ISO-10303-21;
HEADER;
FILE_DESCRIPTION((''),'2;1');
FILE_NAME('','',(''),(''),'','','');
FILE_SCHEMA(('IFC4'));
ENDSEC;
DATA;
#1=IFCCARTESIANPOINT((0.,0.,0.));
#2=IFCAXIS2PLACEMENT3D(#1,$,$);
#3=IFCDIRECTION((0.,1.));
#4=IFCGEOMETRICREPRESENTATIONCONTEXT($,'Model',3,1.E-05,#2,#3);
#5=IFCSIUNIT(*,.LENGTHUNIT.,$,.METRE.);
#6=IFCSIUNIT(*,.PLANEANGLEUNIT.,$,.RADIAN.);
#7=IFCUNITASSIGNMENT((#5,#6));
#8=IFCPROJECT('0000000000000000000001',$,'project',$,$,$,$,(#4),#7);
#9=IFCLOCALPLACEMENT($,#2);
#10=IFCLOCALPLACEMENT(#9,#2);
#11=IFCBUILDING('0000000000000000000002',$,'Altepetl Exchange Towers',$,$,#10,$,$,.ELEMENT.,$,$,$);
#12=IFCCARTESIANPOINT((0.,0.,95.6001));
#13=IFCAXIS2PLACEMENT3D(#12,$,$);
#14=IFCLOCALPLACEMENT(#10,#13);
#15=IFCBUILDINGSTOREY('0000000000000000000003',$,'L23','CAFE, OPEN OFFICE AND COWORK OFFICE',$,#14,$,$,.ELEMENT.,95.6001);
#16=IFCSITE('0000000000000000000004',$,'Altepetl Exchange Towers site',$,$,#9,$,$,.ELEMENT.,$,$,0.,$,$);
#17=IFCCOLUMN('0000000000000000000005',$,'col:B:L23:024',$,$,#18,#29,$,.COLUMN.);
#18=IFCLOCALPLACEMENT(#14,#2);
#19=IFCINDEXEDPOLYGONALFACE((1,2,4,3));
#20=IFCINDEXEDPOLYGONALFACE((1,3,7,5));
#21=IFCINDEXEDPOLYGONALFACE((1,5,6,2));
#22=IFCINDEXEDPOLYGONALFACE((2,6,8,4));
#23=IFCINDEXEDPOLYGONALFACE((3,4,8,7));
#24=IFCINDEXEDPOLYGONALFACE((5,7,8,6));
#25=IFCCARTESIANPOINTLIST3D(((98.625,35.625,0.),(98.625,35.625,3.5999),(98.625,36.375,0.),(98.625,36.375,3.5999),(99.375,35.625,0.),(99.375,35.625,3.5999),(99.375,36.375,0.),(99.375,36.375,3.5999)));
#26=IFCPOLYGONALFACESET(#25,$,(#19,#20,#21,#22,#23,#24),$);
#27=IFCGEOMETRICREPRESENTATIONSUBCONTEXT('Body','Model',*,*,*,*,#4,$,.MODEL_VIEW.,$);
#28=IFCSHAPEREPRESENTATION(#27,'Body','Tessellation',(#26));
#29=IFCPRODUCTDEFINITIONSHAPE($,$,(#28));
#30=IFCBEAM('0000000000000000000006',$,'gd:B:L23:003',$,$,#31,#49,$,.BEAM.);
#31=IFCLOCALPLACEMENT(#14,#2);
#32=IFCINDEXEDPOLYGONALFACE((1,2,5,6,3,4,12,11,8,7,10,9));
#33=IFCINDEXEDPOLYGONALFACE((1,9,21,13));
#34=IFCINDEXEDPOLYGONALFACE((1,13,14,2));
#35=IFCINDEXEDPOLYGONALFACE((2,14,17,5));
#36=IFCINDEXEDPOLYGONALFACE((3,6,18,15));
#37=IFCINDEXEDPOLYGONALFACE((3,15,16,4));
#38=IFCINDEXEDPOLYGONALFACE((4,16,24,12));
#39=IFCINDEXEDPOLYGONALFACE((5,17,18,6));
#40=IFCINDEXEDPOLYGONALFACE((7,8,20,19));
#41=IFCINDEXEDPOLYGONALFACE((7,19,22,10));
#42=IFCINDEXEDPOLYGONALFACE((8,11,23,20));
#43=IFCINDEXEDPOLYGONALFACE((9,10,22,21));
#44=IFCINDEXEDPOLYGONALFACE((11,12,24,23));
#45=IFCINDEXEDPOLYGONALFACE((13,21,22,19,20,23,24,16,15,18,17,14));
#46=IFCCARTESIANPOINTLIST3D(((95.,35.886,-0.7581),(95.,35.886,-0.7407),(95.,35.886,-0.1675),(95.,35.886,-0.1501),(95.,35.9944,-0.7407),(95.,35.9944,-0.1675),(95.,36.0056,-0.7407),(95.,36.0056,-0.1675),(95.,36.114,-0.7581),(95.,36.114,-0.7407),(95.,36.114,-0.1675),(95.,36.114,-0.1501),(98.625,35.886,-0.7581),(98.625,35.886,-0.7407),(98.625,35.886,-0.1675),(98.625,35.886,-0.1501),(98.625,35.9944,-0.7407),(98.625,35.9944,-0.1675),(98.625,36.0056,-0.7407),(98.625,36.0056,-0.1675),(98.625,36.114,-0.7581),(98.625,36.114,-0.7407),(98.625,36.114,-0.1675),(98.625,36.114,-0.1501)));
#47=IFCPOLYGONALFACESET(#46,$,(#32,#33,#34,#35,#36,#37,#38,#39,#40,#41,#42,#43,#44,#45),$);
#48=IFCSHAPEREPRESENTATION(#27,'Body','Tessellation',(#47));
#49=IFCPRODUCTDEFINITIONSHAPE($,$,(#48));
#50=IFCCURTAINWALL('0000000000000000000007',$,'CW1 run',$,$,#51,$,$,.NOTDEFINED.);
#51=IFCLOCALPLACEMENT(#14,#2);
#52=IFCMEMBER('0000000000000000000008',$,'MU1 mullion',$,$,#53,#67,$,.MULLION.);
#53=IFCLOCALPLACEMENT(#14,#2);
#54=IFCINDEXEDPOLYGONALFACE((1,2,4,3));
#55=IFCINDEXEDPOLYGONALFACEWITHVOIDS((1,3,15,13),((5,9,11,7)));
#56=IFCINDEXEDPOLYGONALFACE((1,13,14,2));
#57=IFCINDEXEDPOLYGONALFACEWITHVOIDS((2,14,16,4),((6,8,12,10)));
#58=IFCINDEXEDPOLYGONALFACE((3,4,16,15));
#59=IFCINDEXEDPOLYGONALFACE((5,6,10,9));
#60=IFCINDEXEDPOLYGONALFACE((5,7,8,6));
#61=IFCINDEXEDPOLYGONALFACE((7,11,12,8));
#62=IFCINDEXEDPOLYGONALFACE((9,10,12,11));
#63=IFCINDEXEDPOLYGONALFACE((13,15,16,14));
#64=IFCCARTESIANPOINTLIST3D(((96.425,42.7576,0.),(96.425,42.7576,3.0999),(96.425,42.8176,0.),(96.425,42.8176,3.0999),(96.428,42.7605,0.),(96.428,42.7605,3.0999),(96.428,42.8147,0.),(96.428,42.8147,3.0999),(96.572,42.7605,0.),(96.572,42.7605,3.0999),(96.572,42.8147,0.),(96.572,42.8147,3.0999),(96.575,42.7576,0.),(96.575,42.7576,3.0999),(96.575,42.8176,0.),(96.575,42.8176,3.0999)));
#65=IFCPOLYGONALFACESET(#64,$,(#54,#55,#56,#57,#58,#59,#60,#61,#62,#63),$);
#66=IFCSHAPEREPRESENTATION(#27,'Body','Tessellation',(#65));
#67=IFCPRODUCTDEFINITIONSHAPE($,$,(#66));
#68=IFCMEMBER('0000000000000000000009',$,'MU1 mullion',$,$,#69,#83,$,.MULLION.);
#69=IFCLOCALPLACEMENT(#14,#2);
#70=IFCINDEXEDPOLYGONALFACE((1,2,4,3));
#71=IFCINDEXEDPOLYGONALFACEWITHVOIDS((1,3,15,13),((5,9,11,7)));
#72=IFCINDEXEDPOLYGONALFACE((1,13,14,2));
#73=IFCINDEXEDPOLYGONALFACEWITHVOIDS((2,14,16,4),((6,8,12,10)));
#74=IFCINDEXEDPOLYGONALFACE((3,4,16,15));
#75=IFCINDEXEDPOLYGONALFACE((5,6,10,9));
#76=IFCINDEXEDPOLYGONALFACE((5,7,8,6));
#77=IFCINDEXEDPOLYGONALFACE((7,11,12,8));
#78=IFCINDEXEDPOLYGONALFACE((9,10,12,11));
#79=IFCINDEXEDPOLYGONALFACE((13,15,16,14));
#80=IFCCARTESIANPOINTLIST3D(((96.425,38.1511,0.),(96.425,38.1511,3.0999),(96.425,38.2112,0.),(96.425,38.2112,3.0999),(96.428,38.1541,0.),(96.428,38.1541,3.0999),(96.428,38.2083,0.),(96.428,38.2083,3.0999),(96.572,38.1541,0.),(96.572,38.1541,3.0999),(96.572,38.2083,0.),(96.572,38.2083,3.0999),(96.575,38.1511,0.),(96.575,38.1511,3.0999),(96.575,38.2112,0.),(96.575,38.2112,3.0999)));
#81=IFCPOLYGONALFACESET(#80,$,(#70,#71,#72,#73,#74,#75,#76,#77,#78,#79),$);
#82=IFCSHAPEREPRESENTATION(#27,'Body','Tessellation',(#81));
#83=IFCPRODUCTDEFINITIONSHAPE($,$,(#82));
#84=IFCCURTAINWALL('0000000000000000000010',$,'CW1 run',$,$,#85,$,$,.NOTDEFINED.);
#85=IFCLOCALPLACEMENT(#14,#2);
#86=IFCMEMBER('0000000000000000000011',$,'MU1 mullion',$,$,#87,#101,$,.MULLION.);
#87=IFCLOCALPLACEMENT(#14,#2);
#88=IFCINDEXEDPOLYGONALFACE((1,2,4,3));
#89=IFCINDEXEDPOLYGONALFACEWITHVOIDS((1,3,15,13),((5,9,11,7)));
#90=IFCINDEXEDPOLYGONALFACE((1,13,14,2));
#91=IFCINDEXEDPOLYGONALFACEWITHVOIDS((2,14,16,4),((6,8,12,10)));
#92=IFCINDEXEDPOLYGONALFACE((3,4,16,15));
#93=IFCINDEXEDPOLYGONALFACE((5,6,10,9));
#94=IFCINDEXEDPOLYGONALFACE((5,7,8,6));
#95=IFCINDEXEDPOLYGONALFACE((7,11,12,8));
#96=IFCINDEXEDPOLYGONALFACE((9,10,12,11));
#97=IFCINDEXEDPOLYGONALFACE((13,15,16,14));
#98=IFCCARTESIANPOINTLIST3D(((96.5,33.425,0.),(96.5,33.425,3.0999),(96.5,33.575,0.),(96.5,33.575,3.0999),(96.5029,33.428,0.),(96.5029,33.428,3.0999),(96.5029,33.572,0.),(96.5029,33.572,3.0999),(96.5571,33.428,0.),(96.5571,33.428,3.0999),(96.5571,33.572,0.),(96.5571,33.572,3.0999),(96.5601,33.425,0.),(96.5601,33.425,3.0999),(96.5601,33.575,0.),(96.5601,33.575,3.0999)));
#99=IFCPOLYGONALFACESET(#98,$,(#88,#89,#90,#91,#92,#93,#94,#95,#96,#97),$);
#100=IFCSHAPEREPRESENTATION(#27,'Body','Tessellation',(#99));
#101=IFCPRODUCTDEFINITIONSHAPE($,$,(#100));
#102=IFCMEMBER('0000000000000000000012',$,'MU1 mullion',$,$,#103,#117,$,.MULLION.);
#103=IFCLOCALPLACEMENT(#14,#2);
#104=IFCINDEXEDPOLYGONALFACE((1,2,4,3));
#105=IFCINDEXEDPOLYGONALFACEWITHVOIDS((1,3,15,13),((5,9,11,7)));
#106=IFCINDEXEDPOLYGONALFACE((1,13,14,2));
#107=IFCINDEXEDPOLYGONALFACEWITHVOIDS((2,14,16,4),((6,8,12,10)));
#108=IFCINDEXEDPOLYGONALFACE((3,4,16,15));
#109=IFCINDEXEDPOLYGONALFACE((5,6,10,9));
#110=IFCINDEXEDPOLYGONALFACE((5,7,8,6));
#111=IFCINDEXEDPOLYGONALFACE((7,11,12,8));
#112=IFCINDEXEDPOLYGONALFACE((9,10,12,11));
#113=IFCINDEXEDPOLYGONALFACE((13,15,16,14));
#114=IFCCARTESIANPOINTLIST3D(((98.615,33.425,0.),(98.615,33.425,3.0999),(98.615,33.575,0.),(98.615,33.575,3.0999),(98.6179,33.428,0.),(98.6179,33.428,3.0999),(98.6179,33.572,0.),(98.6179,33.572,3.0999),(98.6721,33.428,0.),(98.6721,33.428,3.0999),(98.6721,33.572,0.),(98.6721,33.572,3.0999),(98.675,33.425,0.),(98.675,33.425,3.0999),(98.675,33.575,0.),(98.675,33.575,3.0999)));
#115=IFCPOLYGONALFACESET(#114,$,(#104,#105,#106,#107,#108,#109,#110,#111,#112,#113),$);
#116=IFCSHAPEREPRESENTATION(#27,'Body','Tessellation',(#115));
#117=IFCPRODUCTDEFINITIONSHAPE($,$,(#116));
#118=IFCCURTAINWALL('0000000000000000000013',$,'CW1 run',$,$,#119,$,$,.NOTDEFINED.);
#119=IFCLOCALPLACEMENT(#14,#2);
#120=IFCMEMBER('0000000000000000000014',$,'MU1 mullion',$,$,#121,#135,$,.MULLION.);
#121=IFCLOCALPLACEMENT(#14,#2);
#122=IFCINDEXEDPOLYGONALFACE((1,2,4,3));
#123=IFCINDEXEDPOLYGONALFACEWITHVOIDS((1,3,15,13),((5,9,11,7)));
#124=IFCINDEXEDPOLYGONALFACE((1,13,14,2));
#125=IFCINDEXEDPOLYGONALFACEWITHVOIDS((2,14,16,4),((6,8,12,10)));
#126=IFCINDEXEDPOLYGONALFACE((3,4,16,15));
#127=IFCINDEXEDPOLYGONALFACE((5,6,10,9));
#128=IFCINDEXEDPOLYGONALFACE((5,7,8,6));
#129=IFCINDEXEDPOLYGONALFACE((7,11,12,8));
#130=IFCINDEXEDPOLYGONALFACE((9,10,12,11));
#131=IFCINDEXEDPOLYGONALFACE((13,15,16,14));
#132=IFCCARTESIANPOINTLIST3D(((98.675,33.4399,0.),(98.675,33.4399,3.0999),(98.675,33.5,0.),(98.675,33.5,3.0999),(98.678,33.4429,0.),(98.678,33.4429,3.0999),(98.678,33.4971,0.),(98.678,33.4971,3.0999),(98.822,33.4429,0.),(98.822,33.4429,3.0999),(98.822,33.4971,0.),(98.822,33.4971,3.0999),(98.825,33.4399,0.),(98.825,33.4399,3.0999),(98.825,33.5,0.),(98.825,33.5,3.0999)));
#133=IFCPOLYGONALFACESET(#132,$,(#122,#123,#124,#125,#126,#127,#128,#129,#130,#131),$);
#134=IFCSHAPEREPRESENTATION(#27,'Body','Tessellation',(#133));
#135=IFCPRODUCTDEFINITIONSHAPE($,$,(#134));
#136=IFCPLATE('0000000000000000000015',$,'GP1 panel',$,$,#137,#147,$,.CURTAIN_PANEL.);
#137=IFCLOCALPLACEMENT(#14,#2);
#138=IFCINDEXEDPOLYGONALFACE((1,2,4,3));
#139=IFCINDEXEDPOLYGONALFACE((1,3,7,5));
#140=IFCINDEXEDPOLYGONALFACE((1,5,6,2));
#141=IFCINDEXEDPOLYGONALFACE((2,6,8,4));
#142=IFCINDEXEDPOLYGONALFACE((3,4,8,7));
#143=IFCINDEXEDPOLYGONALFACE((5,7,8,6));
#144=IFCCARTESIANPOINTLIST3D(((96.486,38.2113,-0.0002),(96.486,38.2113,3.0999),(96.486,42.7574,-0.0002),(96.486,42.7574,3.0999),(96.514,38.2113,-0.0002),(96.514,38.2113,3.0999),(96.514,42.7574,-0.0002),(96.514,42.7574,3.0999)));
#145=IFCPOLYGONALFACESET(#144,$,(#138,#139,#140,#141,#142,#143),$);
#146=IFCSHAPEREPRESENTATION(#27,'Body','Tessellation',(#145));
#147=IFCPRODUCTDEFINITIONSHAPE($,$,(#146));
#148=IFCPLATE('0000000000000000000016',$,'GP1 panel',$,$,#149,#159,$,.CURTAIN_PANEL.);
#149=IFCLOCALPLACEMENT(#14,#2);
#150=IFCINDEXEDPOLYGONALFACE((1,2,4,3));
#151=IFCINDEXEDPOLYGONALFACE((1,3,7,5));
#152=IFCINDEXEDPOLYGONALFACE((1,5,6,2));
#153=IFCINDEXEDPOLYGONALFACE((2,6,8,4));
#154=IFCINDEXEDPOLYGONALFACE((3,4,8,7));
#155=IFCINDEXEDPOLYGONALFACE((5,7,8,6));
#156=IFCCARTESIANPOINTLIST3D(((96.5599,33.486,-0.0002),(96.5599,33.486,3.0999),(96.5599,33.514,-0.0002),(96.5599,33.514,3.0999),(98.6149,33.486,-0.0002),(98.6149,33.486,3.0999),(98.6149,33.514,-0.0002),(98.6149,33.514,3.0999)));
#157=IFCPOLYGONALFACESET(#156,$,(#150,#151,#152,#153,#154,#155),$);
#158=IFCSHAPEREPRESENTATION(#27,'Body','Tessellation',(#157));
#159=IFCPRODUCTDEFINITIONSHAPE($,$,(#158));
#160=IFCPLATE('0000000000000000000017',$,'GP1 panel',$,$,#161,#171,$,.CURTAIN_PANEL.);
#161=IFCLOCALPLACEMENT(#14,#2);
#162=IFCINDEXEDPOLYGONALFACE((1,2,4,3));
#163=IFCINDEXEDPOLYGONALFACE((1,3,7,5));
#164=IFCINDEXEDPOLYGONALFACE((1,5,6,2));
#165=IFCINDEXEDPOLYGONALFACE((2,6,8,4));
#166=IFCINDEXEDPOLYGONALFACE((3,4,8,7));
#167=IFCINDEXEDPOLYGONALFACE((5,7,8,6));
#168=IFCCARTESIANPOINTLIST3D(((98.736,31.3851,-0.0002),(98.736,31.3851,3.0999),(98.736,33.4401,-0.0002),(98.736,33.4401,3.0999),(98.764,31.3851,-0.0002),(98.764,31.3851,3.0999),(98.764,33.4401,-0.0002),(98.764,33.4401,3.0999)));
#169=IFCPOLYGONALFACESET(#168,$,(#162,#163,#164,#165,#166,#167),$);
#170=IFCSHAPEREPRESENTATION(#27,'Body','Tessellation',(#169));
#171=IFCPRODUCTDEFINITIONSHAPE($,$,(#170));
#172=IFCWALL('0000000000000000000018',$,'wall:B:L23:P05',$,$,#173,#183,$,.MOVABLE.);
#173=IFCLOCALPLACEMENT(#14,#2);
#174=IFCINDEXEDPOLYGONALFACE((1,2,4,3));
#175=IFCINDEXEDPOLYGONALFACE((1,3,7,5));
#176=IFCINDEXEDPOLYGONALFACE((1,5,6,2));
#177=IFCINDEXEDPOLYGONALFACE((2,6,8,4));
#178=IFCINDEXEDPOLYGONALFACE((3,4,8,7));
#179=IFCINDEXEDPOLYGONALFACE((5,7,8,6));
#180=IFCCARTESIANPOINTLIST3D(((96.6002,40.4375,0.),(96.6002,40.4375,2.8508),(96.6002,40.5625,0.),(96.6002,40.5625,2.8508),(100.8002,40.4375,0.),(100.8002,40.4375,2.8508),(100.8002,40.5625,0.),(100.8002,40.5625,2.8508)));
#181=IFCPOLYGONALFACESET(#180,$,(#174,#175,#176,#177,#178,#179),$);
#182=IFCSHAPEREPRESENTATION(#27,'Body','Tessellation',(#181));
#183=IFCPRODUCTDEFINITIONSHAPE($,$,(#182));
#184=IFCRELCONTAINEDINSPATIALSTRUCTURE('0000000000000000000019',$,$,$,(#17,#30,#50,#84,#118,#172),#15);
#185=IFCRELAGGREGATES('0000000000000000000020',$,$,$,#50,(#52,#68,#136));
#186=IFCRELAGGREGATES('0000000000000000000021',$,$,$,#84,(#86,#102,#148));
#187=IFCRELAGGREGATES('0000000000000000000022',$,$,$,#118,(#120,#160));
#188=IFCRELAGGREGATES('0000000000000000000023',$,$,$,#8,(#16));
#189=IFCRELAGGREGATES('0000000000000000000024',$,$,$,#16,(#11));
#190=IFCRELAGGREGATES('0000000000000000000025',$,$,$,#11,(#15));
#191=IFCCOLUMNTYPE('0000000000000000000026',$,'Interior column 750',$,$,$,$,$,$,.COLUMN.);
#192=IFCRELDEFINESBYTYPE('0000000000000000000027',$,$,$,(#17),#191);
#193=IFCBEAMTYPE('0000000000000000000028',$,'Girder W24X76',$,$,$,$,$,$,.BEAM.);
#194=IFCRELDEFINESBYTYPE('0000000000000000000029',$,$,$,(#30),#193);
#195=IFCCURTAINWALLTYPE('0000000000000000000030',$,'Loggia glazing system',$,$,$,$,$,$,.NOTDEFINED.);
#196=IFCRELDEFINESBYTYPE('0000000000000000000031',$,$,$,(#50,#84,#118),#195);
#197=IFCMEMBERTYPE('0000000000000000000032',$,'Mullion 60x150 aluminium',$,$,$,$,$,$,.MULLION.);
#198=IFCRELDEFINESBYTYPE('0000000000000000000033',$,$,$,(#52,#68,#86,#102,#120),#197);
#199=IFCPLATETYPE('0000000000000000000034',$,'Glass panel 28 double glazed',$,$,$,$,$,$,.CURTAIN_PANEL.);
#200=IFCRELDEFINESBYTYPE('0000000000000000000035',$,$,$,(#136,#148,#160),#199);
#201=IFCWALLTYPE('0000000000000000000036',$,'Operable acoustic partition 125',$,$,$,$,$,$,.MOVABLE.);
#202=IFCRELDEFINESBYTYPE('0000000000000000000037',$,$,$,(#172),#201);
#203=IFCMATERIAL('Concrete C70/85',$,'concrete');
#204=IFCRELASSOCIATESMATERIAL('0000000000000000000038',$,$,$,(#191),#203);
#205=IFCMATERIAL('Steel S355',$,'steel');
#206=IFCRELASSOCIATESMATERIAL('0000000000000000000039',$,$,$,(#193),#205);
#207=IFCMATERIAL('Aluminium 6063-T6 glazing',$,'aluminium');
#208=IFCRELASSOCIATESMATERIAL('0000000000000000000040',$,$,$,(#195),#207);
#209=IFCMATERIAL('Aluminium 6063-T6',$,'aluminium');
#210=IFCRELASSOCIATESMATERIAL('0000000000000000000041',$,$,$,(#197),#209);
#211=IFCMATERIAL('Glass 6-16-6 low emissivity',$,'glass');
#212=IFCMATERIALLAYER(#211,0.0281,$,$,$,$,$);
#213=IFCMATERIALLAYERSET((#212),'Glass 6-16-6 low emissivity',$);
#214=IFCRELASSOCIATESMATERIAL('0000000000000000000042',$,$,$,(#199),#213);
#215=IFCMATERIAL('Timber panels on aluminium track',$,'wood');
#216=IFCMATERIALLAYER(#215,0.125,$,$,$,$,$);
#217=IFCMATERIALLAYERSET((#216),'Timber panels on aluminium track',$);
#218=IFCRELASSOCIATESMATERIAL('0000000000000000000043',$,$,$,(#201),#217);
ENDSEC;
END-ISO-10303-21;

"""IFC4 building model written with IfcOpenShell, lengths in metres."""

from ifc_helpers import new_model, si_unit, direction, frame, frame_2d, origin, origin_2d, place, context, subcontext, project, spatial, rectangle, hollow_rectangle, i_section, extrude, material, layer, layer_set, material_profile, profile_set, type_object, element, aggregate, save


model = new_model("IFC4")

# Units and contexts
model_context = context("Model", 3, precision=1e-05, world=origin(), true_north=direction((0.0, 1.0)))
body_context = subcontext(model_context, "Body", "Model", "MODEL_VIEW")
ifc_project = project(units=[si_unit("LENGTHUNIT", "METRE"), si_unit("PLANEANGLEUNIT", "RADIAN")], contexts=[model_context])

# Site, building, storey
site_placement = place(None, origin())
site = spatial("IfcSite", under=ifc_project, at=site_placement, Name="Altepetl Exchange Towers site", CompositionType="ELEMENT", RefElevation=0.0)
building_placement = place(site_placement, origin())
building = spatial("IfcBuilding", under=site, at=building_placement, Name="Altepetl Exchange Towers", CompositionType="ELEMENT")
storey_placement = place(building_placement, frame((0.0, 0.0, 95.6001)))
storey = spatial("IfcBuildingStorey", under=building, at=storey_placement, Name="L23", Description="CAFE, OPEN OFFICE AND COWORK OFFICE", CompositionType="ELEMENT", Elevation=95.6001)

# Column
ifc_material_1 = material(Name="Concrete C70/85", Category="concrete")
ifc_material_profile_1 = material_profile(ifc_material_1, rectangle(XDim=0.75, YDim=0.75, at=origin_2d()), Name="750 x 750")
ifc_profile_set_1 = profile_set([ifc_material_profile_1], Name="Concrete C70/85")
column_type = type_object("IfcColumnType", Name="Interior column 750", PredefinedType="COLUMN", material=ifc_profile_set_1)
column_placement = place(storey_placement, frame((99.0, 36.0, 0.0)))
element("IfcColumn", 1, at=column_placement, inside=storey, type_object=column_type, Name="col:B:L23:024", PredefinedType="COLUMN", context=body_context, shape_type="SweptSolid", body=[
    extrude(rectangle(XDim=0.75, YDim=0.75, at=origin_2d()), origin(), (0.0, 0.0, 1.0), 3.5999),
])

# Beam
ifc_material_2 = material(Name="Steel S355", Category="steel")
ifc_material_profile_2 = material_profile(ifc_material_2, i_section(OverallWidth=0.228, OverallDepth=0.6079, WebThickness=0.0112, FlangeThickness=0.0173, at=origin_2d()), Name="W24X76")
ifc_profile_set_2 = profile_set([ifc_material_profile_2], Name="Steel S355")
beam_type = type_object("IfcBeamType", Name="Girder W24X76", PredefinedType="BEAM", material=ifc_profile_set_2)
beam_placement = place(storey_placement, frame((98.625, 36.0, -0.4541), z_axis=(-1.0, 0.0, 0.0), x_axis=(0.0, -1.0, 0.0)))
element("IfcBeam", 2, at=beam_placement, inside=storey, type_object=beam_type, Name="gd:B:L23:003", PredefinedType="BEAM", context=body_context, shape_type="SweptSolid", body=[
    extrude(i_section(OverallWidth=0.228, OverallDepth=0.6079, WebThickness=0.0112, FlangeThickness=0.0173, at=origin_2d()), origin(), (0.0, 0.0, 1.0), 3.625),
])

# Curtain walls, members
ifc_material_3 = material(Name="Aluminium 6063-T6 glazing", Category="aluminium")
curtain_wall_type = type_object("IfcCurtainWallType", Name="Loggia glazing system", PredefinedType="NOTDEFINED", material=ifc_material_3)
curtain_wall_1_placement = place(storey_placement, origin())
curtain_wall_1 = element("IfcCurtainWall", 3, at=curtain_wall_1_placement, inside=storey, type_object=curtain_wall_type, Name="CW1 run", PredefinedType="NOTDEFINED")
ifc_material_4 = material(Name="Aluminium 6063-T6", Category="aluminium")
ifc_material_profile_3 = material_profile(ifc_material_4, hollow_rectangle(XDim=0.0601, YDim=0.1499, WallThickness=0.0029, at=origin_2d()), Name="Mullion 60x150 aluminium")
ifc_profile_set_3 = profile_set([ifc_material_profile_3], Name="Aluminium 6063-T6")
member_type = type_object("IfcMemberType", Name="Mullion 60x150 aluminium", PredefinedType="MULLION", material=ifc_profile_set_3)
member_1_placement = place(storey_placement, frame((96.5, 42.7876, 0.0), z_axis=(0.0, 0.0, 1.0), x_axis=(0.0, -1.0, 0.0)))
member_1 = element("IfcMember", 4, at=member_1_placement, type_object=member_type, Name="MU1 mullion", PredefinedType="MULLION", context=body_context, shape_type="SweptSolid", body=[
    extrude(hollow_rectangle(XDim=0.0601, YDim=0.1499, WallThickness=0.0029, at=origin_2d()), origin(), (0.0, 0.0, 1.0), 3.0999),
])
member_2_placement = place(storey_placement, frame((96.5, 38.1812, 0.0), z_axis=(0.0, 0.0, 1.0), x_axis=(0.0, -1.0, 0.0)))
member_2 = element("IfcMember", 5, at=member_2_placement, type_object=member_type, Name="MU1 mullion", PredefinedType="MULLION", context=body_context, shape_type="SweptSolid", body=[
    extrude(hollow_rectangle(XDim=0.0601, YDim=0.1499, WallThickness=0.0029, at=origin_2d()), origin(), (0.0, 0.0, 1.0), 3.0999),
])
curtain_wall_2_placement = place(storey_placement, origin())
curtain_wall_2 = element("IfcCurtainWall", 6, at=curtain_wall_2_placement, inside=storey, type_object=curtain_wall_type, Name="CW1 run", PredefinedType="NOTDEFINED")
member_3_placement = place(storey_placement, frame((96.53, 33.5, 0.0)))
member_3 = element("IfcMember", 7, at=member_3_placement, type_object=member_type, Name="MU1 mullion", PredefinedType="MULLION", context=body_context, shape_type="SweptSolid", body=[
    extrude(hollow_rectangle(XDim=0.0601, YDim=0.1499, WallThickness=0.0029, at=origin_2d()), origin(), (0.0, 0.0, 1.0), 3.0999),
])
member_4_placement = place(storey_placement, frame((98.645, 33.5, 0.0)))
member_4 = element("IfcMember", 8, at=member_4_placement, type_object=member_type, Name="MU1 mullion", PredefinedType="MULLION", context=body_context, shape_type="SweptSolid", body=[
    extrude(hollow_rectangle(XDim=0.0601, YDim=0.1499, WallThickness=0.0029, at=origin_2d()), origin(), (0.0, 0.0, 1.0), 3.0999),
])

# Curtain wall, member
curtain_wall_3_placement = place(storey_placement, origin())
curtain_wall_3 = element("IfcCurtainWall", 9, at=curtain_wall_3_placement, inside=storey, type_object=curtain_wall_type, Name="CW1 run", PredefinedType="NOTDEFINED")
member_5_placement = place(storey_placement, frame((98.75, 33.47, 0.0), z_axis=(0.0, 0.0, 1.0), x_axis=(0.0, -1.0, 0.0)))
member_5 = element("IfcMember", 10, at=member_5_placement, type_object=member_type, Name="MU1 mullion", PredefinedType="MULLION", context=body_context, shape_type="SweptSolid", body=[
    extrude(hollow_rectangle(XDim=0.0601, YDim=0.1499, WallThickness=0.0029, at=origin_2d()), origin(), (0.0, 0.0, 1.0), 3.0999),
])

# Plates
ifc_material_5 = material(Name="Glass 6-16-6 low emissivity", Category="glass")
ifc_layer_1 = layer(ifc_material_5, 0.0281)
ifc_layer_set_1 = layer_set([ifc_layer_1], Name="Glass 6-16-6 low emissivity")
plate_type = type_object("IfcPlateType", Name="Glass panel 28 double glazed", PredefinedType="CURTAIN_PANEL", material=ifc_layer_set_1)
plate_1_placement = place(storey_placement, frame((96.5, 40.4844, -0.0002), z_axis=(0.0, 0.0, 1.0), x_axis=(0.0, -1.0, 0.0)))
plate_1 = element("IfcPlate", 11, at=plate_1_placement, type_object=plate_type, Name="GP1 panel", PredefinedType="CURTAIN_PANEL", context=body_context, shape_type="SweptSolid", body=[
    extrude(rectangle(XDim=4.5461, YDim=0.0281, at=origin_2d()), origin(), (0.0, 0.0, 1.0), 3.1001),
])
aggregate(curtain_wall_1, [member_1, member_2, plate_1])
plate_2_placement = place(storey_placement, frame((97.5874, 33.5, -0.0002)))
plate_2 = element("IfcPlate", 12, at=plate_2_placement, type_object=plate_type, Name="GP1 panel", PredefinedType="CURTAIN_PANEL", context=body_context, shape_type="SweptSolid", body=[
    extrude(rectangle(XDim=2.0549, YDim=0.0281, at=origin_2d()), origin(), (0.0, 0.0, 1.0), 3.1001),
])
aggregate(curtain_wall_2, [member_3, member_4, plate_2])
plate_3_placement = place(storey_placement, frame((98.75, 32.4126, -0.0002), z_axis=(0.0, 0.0, 1.0), x_axis=(0.0, -1.0, 0.0)))
plate_3 = element("IfcPlate", 13, at=plate_3_placement, type_object=plate_type, Name="GP1 panel", PredefinedType="CURTAIN_PANEL", context=body_context, shape_type="SweptSolid", body=[
    extrude(rectangle(XDim=2.0549, YDim=0.0281, at=origin_2d()), origin(), (0.0, 0.0, 1.0), 3.1001),
])
aggregate(curtain_wall_3, [member_5, plate_3])

# Wall
ifc_material_6 = material(Name="Timber panels on aluminium track", Category="wood")
ifc_layer_2 = layer(ifc_material_6, 0.125)
ifc_layer_set_2 = layer_set([ifc_layer_2], Name="Timber panels on aluminium track")
wall_type_1 = type_object("IfcWallType", Name="Operable acoustic partition 125", PredefinedType="MOVABLE", material=ifc_layer_set_2)
wall_1_placement = place(storey_placement, frame((96.6001, 40.5, 0.0)))
element("IfcWall", 14, at=wall_1_placement, inside=storey, type_object=wall_type_1, Name="wall:B:L23:P05", PredefinedType="MOVABLE", context=body_context, shape_type="SweptSolid", body=[
    extrude(rectangle(XDim=4.2, YDim=0.125, at=frame_2d((2.1001, 0.0))), origin(), (0.0, 0.0, 1.0), 2.8508),
])

save(model, "model.ifc")
